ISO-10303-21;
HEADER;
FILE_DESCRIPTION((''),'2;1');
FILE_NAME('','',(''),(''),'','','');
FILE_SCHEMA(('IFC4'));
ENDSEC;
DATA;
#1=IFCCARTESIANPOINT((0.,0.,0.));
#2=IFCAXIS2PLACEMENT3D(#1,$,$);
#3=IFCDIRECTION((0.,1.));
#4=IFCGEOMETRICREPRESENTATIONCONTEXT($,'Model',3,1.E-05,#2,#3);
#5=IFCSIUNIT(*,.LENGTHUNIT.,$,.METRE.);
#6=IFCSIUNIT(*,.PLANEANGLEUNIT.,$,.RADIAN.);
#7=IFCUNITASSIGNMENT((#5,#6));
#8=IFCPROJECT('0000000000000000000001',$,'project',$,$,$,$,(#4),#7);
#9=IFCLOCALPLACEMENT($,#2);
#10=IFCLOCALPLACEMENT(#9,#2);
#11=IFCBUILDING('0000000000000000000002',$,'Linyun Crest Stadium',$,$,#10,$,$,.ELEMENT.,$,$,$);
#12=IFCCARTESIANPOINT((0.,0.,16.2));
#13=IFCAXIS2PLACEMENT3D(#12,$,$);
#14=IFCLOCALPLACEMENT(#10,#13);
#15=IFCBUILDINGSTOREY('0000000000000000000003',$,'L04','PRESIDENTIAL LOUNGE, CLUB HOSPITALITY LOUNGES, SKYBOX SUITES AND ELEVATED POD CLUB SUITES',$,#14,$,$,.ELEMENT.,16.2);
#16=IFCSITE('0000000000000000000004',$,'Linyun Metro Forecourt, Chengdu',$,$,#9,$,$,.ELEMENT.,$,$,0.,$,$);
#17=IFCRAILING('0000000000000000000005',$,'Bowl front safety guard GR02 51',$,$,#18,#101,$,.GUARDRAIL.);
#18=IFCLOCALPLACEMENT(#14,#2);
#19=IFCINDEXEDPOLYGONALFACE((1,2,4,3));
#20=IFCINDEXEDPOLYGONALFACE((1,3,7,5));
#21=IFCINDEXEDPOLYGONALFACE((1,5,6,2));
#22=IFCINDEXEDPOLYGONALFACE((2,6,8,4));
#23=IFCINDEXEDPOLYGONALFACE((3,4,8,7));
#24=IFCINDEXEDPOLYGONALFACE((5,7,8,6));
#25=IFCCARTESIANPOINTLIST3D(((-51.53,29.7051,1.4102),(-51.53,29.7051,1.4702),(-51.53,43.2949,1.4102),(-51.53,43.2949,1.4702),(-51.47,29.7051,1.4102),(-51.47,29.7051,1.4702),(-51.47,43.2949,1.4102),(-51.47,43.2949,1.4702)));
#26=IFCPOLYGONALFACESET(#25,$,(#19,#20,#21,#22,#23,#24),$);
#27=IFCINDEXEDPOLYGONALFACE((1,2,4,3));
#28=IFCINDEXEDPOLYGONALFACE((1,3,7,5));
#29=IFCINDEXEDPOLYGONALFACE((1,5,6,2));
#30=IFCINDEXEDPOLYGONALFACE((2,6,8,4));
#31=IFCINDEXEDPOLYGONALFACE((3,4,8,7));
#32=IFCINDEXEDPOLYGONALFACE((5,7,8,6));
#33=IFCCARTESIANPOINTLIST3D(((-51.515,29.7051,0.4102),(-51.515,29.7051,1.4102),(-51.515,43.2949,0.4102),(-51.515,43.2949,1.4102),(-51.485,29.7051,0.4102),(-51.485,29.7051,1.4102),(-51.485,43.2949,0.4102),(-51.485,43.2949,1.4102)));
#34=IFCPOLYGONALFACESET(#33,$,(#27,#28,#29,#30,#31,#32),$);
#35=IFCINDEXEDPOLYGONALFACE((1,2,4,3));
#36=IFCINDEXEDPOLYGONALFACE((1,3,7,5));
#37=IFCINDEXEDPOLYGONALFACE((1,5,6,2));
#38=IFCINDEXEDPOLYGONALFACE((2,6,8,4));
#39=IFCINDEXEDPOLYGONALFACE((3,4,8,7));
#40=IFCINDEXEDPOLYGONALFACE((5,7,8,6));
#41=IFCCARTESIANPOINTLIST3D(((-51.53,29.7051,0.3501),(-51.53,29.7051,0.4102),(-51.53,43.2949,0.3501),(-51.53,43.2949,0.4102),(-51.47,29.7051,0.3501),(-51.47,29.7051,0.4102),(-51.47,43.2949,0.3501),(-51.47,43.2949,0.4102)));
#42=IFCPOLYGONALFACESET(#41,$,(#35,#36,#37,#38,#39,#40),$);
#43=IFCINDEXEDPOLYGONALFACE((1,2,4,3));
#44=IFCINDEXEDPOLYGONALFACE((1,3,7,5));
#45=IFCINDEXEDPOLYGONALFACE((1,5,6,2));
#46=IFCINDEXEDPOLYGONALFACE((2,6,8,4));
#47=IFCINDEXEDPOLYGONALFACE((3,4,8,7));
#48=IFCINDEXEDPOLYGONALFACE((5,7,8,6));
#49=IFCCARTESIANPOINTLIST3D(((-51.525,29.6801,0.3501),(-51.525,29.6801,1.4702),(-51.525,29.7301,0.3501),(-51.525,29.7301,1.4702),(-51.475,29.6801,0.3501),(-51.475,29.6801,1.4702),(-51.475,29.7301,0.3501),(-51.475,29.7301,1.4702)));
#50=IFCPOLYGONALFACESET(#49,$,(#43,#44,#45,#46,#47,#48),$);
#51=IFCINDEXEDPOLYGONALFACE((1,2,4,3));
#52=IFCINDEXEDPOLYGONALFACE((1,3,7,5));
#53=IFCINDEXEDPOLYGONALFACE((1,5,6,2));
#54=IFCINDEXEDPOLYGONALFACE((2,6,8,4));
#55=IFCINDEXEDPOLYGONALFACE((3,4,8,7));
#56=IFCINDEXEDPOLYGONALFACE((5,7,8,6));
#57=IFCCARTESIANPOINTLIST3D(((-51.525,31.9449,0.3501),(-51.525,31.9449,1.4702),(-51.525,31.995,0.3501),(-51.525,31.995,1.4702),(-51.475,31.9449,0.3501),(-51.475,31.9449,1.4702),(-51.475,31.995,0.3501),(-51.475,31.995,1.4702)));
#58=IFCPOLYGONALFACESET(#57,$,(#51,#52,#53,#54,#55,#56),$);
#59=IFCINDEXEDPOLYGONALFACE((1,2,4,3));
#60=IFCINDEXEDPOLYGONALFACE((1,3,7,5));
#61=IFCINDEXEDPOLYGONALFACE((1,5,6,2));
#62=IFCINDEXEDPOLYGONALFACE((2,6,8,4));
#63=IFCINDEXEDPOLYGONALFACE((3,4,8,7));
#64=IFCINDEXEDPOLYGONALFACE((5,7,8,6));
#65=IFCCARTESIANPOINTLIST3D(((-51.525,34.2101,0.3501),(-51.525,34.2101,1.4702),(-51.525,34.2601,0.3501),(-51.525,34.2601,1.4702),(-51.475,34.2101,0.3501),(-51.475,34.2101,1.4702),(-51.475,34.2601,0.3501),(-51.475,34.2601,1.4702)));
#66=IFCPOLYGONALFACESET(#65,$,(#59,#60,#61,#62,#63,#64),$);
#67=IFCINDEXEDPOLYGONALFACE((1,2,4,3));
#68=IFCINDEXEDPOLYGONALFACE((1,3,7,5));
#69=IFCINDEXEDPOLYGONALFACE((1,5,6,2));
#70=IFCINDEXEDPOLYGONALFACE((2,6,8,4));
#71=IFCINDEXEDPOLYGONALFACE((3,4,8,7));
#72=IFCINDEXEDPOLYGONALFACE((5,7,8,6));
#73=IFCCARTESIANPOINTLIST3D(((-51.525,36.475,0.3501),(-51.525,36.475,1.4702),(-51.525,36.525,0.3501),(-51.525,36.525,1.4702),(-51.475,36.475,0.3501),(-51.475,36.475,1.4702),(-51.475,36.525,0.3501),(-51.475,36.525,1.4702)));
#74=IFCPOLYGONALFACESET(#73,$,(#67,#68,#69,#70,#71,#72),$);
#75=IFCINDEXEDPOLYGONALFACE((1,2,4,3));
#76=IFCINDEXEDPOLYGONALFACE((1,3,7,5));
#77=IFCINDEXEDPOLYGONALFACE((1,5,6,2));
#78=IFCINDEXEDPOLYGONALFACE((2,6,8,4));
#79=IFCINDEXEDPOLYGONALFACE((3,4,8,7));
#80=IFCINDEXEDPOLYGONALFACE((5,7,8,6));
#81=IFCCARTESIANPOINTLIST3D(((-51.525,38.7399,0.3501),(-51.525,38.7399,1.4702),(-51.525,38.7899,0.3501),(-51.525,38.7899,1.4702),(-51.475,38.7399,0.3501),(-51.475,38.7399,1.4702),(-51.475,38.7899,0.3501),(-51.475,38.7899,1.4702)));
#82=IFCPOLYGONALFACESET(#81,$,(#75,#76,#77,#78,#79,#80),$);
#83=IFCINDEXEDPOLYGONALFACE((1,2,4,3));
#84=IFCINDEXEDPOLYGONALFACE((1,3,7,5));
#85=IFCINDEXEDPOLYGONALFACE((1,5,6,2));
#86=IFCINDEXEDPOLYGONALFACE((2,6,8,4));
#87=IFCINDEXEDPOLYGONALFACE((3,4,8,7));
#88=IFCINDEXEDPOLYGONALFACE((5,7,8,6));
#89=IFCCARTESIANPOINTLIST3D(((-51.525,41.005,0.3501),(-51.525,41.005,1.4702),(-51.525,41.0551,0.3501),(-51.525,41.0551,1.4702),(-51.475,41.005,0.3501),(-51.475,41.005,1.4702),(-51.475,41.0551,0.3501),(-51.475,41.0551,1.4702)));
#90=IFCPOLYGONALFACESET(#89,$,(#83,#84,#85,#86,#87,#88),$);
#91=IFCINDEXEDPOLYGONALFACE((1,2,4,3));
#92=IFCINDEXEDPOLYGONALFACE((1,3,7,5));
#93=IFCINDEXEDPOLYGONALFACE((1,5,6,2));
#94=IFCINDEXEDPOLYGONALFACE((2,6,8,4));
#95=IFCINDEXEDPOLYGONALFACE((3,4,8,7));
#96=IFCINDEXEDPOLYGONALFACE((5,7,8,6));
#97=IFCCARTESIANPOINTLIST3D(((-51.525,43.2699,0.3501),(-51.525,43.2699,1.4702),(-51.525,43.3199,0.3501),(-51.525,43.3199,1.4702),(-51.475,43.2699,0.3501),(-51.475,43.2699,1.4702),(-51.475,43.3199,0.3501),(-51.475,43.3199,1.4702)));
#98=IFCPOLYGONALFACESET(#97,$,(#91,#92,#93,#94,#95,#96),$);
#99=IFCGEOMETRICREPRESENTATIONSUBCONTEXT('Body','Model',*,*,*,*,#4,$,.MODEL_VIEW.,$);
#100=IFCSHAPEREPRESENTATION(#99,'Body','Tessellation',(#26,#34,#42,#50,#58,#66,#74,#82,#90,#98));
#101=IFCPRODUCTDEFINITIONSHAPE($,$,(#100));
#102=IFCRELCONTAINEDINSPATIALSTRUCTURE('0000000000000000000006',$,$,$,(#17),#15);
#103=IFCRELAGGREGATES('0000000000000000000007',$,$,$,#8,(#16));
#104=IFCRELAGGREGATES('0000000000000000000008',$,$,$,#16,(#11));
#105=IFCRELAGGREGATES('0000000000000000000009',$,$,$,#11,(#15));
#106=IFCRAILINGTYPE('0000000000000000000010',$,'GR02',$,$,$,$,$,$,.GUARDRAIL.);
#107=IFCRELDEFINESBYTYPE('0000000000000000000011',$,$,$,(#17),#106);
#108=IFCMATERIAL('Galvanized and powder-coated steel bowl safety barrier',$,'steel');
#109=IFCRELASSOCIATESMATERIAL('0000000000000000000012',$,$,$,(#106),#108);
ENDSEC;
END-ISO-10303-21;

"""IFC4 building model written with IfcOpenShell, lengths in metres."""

from ifc_helpers import new_model, si_unit, direction, frame, origin, origin_2d, place, context, subcontext, project, spatial, rectangle, extrude, material, type_object, element, save


model = new_model("IFC4")

# Units and contexts
model_context = context("Model", 3, precision=1e-05, world=origin(), true_north=direction((0.0, 1.0)))
body_context = subcontext(model_context, "Body", "Model", "MODEL_VIEW")
ifc_project = project(units=[si_unit("LENGTHUNIT", "METRE"), si_unit("PLANEANGLEUNIT", "RADIAN")], contexts=[model_context])

# Site, building, storey
site_placement = place(None, origin())
site = spatial("IfcSite", under=ifc_project, at=site_placement, Name="Linyun Metro Forecourt, Chengdu", CompositionType="ELEMENT", RefElevation=0.0)
building_placement = place(site_placement, origin())
building = spatial("IfcBuilding", under=site, at=building_placement, Name="Linyun Crest Stadium", CompositionType="ELEMENT")
storey_placement = place(building_placement, frame((0.0, 0.0, 16.2)))
storey = spatial("IfcBuildingStorey", under=building, at=storey_placement, Name="L04", Description="PRESIDENTIAL LOUNGE, CLUB HOSPITALITY LOUNGES, SKYBOX SUITES AND ELEVATED POD CLUB SUITES", CompositionType="ELEMENT", Elevation=16.2)

# Railing
ifc_material_1 = material(Name="Galvanized and powder-coated steel bowl safety barrier", Category="steel")
railing_type = type_object("IfcRailingType", Name="GR02", PredefinedType="GUARDRAIL", material=ifc_material_1)
for number, where, name in (
    (1, (-51.5, 29.7051, 0.3501), "Bowl front safety guard GR02 51"),
):
    element("IfcRailing", number, at=place(storey_placement, frame(where)), inside=storey, type_object=railing_type, Name=name, PredefinedType="GUARDRAIL", context=body_context, shape_type="SweptSolid", body=[
        extrude(rectangle(XDim=0.0601, YDim=0.0601, at=origin_2d()), frame((0.0, 0.0, 1.0901), z_axis=(0.0, 1.0, 0.0), x_axis=(-1.0, 0.0, 0.0)), (0.0, 0.0, 1.0), 13.5898),
        extrude(rectangle(XDim=0.03, YDim=1.0, at=origin_2d()), frame((0.0, 0.0, 0.5601), z_axis=(0.0, 1.0, 0.0), x_axis=(-1.0, 0.0, 0.0)), (0.0, 0.0, 1.0), 13.5898),
        extrude(rectangle(XDim=0.0601, YDim=0.0601, at=origin_2d()), frame((0.0, 0.0, 0.03), z_axis=(0.0, 1.0, 0.0), x_axis=(-1.0, 0.0, 0.0)), (0.0, 0.0, 1.0), 13.5898),
        extrude(rectangle(XDim=0.05, YDim=0.05, at=origin_2d()), origin(), (0.0, 0.0, 1.0), 1.1201),
        extrude(rectangle(XDim=0.05, YDim=0.05, at=origin_2d()), frame((0.0, 2.2649, 0.0)), (0.0, 0.0, 1.0), 1.1201),
        extrude(rectangle(XDim=0.05, YDim=0.05, at=origin_2d()), frame((0.0, 4.53, 0.0)), (0.0, 0.0, 1.0), 1.1201),
        extrude(rectangle(XDim=0.05, YDim=0.05, at=origin_2d()), frame((0.0, 6.7949, 0.0)), (0.0, 0.0, 1.0), 1.1201),
        extrude(rectangle(XDim=0.05, YDim=0.05, at=origin_2d()), frame((0.0, 9.0598, 0.0)), (0.0, 0.0, 1.0), 1.1201),
        extrude(rectangle(XDim=0.05, YDim=0.05, at=origin_2d()), frame((0.0, 11.325, 0.0)), (0.0, 0.0, 1.0), 1.1201),
        extrude(rectangle(XDim=0.05, YDim=0.05, at=origin_2d()), frame((0.0, 13.5898, 0.0)), (0.0, 0.0, 1.0), 1.1201),
    ])

save(model, "model.ifc")
